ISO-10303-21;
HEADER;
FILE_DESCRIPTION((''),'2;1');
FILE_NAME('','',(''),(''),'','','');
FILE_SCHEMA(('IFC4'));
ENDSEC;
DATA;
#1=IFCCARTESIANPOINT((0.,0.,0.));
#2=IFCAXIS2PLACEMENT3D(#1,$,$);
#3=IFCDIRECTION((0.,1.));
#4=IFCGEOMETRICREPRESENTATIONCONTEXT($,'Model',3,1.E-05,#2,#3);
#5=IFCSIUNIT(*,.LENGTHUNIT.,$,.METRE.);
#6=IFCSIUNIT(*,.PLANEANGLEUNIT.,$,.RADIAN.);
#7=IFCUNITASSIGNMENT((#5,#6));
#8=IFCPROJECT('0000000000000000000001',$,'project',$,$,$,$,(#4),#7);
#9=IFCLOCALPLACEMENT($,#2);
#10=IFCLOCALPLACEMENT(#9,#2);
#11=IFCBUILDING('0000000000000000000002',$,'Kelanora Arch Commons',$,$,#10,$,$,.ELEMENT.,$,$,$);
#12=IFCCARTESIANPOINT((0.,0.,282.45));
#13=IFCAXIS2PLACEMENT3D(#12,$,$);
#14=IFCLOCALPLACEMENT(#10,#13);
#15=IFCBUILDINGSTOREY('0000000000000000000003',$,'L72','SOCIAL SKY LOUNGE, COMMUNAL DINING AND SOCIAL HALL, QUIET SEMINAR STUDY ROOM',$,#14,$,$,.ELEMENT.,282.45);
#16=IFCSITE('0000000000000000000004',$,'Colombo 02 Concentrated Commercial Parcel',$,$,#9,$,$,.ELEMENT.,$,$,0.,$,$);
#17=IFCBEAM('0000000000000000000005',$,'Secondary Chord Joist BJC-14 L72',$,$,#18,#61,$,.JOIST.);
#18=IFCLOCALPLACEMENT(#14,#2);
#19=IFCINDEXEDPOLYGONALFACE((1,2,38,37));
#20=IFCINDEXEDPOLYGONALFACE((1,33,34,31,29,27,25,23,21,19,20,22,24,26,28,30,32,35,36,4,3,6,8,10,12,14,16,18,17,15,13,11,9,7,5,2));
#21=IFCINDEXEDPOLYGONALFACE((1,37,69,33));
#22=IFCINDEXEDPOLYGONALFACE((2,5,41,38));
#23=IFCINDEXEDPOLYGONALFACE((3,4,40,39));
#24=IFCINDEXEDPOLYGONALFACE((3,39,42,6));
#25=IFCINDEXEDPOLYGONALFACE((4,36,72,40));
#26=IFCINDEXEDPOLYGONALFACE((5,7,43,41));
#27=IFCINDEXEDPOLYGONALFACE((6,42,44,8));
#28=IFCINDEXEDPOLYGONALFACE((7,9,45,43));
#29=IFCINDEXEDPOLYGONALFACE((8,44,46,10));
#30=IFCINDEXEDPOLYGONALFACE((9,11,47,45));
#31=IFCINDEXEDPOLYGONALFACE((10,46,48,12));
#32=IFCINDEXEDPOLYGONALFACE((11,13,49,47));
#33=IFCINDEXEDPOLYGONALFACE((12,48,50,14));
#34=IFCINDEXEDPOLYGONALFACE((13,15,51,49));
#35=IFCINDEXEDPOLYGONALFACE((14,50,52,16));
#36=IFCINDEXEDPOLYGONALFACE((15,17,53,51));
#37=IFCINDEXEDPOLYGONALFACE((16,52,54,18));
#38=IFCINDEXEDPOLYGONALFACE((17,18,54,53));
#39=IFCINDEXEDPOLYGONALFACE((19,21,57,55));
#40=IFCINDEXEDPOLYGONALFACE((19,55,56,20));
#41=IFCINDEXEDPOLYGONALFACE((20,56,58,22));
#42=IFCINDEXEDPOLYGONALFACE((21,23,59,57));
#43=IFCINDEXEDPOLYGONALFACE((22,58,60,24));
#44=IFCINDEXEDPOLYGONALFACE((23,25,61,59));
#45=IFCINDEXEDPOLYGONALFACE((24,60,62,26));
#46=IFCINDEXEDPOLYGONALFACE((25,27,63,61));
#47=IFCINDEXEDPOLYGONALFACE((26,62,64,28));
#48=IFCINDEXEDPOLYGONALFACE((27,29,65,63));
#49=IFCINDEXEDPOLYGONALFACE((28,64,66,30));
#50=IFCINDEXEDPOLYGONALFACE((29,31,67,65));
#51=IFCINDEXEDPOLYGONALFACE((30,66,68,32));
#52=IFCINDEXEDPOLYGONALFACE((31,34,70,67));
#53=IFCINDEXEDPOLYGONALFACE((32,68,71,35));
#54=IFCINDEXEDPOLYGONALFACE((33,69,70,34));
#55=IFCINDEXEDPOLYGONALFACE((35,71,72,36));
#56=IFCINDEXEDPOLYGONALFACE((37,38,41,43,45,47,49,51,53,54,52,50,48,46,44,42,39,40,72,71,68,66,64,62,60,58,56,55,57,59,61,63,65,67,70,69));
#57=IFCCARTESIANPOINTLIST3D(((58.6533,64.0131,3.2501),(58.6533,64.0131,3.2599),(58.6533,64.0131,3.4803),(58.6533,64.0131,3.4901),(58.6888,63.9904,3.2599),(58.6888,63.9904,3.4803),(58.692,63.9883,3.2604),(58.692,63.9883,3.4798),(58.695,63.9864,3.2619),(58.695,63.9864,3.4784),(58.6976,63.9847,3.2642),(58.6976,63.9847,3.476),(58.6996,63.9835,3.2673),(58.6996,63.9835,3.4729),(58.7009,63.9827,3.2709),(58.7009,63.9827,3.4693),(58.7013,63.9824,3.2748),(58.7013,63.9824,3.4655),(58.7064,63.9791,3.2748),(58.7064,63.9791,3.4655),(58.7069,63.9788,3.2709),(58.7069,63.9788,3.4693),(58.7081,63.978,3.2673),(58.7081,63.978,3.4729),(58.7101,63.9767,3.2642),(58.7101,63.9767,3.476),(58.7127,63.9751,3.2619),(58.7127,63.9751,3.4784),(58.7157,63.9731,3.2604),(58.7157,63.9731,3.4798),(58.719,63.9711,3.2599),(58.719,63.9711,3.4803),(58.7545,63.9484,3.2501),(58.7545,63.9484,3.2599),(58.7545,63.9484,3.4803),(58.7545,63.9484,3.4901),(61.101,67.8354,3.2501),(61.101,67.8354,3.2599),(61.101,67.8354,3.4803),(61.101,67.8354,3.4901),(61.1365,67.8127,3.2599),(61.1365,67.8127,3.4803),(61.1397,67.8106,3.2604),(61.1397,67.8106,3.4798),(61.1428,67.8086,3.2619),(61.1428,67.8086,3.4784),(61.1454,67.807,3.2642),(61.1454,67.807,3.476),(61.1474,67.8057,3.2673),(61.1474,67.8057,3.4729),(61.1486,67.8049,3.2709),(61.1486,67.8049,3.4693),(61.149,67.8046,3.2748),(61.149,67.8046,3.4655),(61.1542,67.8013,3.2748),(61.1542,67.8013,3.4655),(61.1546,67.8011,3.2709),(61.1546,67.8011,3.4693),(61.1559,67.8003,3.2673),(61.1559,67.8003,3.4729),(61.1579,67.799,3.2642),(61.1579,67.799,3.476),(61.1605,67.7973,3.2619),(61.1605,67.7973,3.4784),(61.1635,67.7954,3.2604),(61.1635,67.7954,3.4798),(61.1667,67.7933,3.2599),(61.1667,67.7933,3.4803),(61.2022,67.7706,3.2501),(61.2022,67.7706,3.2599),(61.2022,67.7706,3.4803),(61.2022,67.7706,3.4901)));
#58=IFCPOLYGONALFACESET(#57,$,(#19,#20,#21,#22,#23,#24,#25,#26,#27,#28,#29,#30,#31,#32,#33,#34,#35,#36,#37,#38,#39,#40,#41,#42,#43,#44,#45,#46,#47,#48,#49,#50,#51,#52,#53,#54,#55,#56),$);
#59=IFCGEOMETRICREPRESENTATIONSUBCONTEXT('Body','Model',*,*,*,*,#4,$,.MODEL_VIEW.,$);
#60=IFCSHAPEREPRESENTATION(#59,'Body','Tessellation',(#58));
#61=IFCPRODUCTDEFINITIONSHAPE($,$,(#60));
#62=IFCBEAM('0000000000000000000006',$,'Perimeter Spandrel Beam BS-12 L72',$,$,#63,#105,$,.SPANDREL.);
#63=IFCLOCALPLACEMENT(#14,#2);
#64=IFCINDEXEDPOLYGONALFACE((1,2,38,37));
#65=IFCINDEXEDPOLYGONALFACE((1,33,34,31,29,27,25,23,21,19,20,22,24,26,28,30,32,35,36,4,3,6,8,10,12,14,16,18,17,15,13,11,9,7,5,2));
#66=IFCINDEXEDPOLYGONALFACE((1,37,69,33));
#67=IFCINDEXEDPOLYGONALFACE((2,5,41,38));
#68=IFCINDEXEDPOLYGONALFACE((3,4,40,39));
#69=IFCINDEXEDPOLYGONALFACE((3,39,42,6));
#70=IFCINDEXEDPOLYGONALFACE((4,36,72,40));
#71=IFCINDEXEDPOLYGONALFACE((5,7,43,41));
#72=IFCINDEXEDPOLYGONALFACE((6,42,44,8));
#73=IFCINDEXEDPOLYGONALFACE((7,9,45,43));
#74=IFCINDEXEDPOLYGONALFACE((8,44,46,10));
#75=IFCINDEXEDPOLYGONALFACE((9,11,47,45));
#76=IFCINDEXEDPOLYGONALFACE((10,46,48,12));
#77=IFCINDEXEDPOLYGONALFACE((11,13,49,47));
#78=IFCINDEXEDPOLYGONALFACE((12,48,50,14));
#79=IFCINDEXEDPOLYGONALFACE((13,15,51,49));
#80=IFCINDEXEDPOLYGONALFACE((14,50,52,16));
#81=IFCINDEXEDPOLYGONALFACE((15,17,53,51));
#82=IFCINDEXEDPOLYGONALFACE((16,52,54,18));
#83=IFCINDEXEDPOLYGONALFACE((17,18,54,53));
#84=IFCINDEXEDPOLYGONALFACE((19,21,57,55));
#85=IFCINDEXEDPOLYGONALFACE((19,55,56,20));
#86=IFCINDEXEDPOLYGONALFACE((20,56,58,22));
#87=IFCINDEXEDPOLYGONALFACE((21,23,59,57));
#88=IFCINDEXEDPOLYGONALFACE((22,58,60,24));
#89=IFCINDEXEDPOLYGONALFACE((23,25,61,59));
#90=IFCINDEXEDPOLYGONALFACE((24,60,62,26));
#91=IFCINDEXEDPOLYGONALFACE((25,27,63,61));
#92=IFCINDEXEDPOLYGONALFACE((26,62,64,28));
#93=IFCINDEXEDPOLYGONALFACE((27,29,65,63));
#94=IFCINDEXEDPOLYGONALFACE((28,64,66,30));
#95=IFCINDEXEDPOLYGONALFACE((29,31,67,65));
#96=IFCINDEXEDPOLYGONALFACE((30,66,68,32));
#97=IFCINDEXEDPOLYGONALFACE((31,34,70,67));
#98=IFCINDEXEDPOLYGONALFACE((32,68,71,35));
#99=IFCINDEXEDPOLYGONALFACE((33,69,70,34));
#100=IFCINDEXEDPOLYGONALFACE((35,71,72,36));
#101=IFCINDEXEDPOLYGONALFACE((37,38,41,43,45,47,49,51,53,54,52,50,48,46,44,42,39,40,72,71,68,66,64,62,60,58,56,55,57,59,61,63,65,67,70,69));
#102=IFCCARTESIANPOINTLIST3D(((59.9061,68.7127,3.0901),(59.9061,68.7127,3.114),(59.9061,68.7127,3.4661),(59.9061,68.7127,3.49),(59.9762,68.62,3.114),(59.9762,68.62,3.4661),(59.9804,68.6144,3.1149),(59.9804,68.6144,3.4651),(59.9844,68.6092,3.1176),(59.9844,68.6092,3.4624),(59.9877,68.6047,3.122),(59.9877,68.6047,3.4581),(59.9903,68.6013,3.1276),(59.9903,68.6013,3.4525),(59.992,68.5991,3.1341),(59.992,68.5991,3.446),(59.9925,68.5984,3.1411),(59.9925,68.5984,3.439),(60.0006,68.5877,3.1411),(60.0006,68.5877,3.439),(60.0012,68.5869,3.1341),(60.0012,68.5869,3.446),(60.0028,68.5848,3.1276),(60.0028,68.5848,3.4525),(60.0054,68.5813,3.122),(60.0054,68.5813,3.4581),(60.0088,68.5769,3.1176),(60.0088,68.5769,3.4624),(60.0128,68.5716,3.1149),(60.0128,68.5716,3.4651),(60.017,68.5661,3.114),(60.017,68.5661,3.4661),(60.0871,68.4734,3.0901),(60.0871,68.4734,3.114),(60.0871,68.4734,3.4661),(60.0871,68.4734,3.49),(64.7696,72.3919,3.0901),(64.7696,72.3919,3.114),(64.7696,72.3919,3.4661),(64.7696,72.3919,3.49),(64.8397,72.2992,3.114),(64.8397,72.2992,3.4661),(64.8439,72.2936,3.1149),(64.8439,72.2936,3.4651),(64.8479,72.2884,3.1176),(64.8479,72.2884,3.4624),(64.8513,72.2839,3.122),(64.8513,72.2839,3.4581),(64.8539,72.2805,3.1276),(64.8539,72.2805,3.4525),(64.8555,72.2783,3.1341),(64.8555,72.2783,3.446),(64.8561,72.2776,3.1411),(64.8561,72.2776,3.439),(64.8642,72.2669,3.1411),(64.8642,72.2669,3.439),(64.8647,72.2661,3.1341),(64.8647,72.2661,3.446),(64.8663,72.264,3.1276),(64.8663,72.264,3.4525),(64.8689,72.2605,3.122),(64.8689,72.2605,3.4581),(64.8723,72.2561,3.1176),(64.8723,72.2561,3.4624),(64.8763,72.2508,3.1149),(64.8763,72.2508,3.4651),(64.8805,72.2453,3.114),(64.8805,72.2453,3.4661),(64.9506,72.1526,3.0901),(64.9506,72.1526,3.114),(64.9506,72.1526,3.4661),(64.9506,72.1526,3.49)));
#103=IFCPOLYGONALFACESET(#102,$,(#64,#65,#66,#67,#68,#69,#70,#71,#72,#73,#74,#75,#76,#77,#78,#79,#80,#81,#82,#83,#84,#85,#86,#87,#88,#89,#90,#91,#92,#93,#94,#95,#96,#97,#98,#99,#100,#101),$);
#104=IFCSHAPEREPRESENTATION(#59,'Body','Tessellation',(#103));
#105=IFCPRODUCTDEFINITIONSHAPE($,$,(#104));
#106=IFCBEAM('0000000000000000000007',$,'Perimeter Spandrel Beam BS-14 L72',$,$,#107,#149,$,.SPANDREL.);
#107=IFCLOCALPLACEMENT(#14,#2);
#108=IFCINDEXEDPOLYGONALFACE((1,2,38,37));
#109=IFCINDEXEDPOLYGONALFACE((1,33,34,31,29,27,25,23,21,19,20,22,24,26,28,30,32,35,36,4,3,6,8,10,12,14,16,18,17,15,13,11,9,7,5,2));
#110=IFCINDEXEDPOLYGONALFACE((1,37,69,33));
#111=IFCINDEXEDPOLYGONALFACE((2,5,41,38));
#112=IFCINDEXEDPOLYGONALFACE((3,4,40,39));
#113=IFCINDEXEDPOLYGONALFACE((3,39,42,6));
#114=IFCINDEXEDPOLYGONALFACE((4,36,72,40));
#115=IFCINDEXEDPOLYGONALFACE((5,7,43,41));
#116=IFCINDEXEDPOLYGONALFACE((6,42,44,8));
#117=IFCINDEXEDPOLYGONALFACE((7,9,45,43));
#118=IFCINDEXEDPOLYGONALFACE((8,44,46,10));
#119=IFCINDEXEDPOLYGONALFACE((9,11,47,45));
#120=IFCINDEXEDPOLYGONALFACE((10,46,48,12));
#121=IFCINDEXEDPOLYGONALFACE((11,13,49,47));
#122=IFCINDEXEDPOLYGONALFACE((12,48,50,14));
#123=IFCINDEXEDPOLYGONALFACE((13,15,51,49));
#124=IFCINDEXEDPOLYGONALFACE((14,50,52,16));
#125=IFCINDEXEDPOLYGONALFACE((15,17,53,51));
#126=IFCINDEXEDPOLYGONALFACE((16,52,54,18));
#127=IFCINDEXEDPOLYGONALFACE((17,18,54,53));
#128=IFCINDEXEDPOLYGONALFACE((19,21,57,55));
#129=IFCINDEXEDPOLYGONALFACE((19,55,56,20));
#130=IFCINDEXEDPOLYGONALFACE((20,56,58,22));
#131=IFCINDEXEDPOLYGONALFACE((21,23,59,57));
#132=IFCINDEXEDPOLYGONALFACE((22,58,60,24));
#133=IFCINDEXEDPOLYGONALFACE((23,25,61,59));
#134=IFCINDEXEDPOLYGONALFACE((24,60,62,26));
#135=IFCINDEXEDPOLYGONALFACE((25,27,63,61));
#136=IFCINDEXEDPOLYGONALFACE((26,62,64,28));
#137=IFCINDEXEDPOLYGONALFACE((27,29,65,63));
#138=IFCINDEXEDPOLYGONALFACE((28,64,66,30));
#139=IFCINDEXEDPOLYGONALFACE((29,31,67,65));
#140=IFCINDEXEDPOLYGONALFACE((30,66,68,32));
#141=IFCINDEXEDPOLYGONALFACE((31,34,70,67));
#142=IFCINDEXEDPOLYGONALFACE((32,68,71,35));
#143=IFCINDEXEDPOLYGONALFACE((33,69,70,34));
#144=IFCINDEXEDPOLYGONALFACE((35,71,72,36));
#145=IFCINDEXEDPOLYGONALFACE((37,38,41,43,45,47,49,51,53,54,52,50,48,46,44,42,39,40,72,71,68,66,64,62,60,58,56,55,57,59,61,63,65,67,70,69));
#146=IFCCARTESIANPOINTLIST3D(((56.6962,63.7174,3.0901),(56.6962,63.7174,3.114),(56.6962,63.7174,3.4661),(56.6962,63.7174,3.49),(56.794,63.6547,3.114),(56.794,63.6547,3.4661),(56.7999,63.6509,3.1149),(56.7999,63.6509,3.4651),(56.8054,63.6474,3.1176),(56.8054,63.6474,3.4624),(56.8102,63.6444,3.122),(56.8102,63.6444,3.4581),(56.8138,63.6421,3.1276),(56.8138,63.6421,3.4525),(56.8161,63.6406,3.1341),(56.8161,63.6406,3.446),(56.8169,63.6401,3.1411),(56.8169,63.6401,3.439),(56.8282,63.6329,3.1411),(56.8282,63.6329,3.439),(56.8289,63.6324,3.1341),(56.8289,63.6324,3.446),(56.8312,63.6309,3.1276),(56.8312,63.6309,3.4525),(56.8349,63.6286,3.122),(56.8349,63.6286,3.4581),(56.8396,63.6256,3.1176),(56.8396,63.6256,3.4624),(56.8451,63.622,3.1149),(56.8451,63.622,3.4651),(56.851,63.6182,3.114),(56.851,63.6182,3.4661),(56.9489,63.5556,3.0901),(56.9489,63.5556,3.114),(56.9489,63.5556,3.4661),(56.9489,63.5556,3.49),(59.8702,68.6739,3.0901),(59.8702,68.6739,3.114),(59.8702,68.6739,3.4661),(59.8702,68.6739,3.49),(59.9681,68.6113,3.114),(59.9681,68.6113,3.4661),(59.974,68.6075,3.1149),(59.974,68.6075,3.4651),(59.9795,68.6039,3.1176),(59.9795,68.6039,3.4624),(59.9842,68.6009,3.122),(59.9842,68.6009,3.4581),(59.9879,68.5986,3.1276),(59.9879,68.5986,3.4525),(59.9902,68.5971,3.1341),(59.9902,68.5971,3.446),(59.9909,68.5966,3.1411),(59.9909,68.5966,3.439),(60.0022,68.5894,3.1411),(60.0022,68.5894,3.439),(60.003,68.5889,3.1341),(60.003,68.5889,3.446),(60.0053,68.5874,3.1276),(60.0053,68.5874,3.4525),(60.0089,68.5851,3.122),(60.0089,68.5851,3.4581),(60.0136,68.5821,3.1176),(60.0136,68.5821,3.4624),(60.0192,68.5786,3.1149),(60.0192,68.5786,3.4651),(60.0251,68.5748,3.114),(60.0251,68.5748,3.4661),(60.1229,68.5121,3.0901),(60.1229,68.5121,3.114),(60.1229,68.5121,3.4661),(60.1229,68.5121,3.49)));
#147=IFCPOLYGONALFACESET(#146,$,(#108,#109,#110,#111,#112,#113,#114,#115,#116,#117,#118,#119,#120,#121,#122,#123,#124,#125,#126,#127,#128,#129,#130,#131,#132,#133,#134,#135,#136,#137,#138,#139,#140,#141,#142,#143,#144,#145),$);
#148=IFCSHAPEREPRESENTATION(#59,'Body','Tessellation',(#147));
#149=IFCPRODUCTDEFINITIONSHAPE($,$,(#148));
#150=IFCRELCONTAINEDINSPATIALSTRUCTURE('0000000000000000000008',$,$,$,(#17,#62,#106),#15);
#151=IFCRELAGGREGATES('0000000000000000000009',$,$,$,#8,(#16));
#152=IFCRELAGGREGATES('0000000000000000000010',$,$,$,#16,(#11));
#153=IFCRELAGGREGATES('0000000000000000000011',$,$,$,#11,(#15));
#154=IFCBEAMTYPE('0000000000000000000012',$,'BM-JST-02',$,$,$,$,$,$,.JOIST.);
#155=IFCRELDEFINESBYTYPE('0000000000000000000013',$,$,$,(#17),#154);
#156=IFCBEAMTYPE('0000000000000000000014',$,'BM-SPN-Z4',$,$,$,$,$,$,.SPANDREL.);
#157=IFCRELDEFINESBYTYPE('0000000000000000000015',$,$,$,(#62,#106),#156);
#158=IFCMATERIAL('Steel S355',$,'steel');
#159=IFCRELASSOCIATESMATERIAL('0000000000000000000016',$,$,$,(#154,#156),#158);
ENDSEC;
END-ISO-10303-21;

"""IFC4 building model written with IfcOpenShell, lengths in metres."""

from ifc_helpers import new_model, si_unit, direction, frame, origin, origin_2d, place, context, subcontext, project, spatial, i_section, extrude, material, material_profile, profile_set, type_object, element, save


model = new_model("IFC4")

# Units and contexts
model_context = context("Model", 3, precision=1e-05, world=origin(), true_north=direction((0.0, 1.0)))
body_context = subcontext(model_context, "Body", "Model", "MODEL_VIEW")
ifc_project = project(units=[si_unit("LENGTHUNIT", "METRE"), si_unit("PLANEANGLEUNIT", "RADIAN")], contexts=[model_context])

# Site, building, storey
site_placement = place(None, origin())
site = spatial("IfcSite", under=ifc_project, at=site_placement, Name="Colombo 02 Concentrated Commercial Parcel", CompositionType="ELEMENT", RefElevation=0.0)
building_placement = place(site_placement, origin())
building = spatial("IfcBuilding", under=site, at=building_placement, Name="Kelanora Arch Commons", CompositionType="ELEMENT")
storey_placement = place(building_placement, frame((0.0, 0.0, 282.45)))
storey = spatial("IfcBuildingStorey", under=building, at=storey_placement, Name="L72", Description="SOCIAL SKY LOUNGE, COMMUNAL DINING AND SOCIAL HALL, QUIET SEMINAR STUDY ROOM", CompositionType="ELEMENT", Elevation=282.45)

# Beams
ifc_material_1 = material(Name="Steel S355", Category="steel")
ifc_material_profile_1 = material_profile(ifc_material_1, i_section(OverallWidth=0.1201, OverallDepth=0.24, WebThickness=0.0061, FlangeThickness=0.0098, FilletRadius=0.0149, at=origin_2d()), Name="IPE240")
ifc_profile_set_1 = profile_set([ifc_material_profile_1], Name="Steel S355")
beam_type_1 = type_object("IfcBeamType", Name="BM-JST-02", PredefinedType="JOIST", material=ifc_profile_set_1)
beam_1_placement = place(storey_placement, frame((61.1516, 67.803, 3.3701), z_axis=(-0.539289, -0.842121, 0.0), x_axis=(0.842121, -0.539289, 0.0)))
element("IfcBeam", 1, at=beam_1_placement, inside=storey, type_object=beam_type_1, Name="Secondary Chord Joist BJC-14 L72", PredefinedType="JOIST", context=body_context, shape_type="SweptSolid", body=[
    extrude(i_section(OverallWidth=0.1201, OverallDepth=0.24, WebThickness=0.0061, FlangeThickness=0.0098, FilletRadius=0.0149, at=origin_2d()), origin(), (0.0, 0.0, 1.0), 4.5388),
])
ifc_material_profile_2 = material_profile(ifc_material_1, i_section(OverallWidth=0.3, OverallDepth=0.3999, WebThickness=0.0134, FlangeThickness=0.0239, FilletRadius=0.0271, at=origin_2d()), Name="HEB400")
ifc_profile_set_2 = profile_set([ifc_material_profile_2], Name="Steel S355")
beam_type_2 = type_object("IfcBeamType", Name="BM-SPN-Z4", PredefinedType="SPANDREL", material=ifc_profile_set_2)
beam_2_placement = place(storey_placement, frame((64.8601, 72.2722, 3.29), z_axis=(-0.797509, -0.603306, 0.0), x_axis=(0.603306, -0.797509, 0.0)))
element("IfcBeam", 2, at=beam_2_placement, inside=storey, type_object=beam_type_2, Name="Perimeter Spandrel Beam BS-12 L72", PredefinedType="SPANDREL", context=body_context, shape_type="SweptSolid", body=[
    extrude(i_section(OverallWidth=0.3, OverallDepth=0.3999, WebThickness=0.0134, FlangeThickness=0.0239, FilletRadius=0.0271, at=origin_2d()), origin(), (0.0, 0.0, 1.0), 6.0984),
])
beam_3_placement = place(storey_placement, frame((59.9966, 68.593, 3.29), z_axis=(-0.539281, -0.842126, 0.0), x_axis=(0.842126, -0.539281, 0.0)))
element("IfcBeam", 3, at=beam_3_placement, inside=storey, type_object=beam_type_2, Name="Perimeter Spandrel Beam BS-14 L72", PredefinedType="SPANDREL", context=body_context, shape_type="SweptSolid", body=[
    extrude(i_section(OverallWidth=0.3, OverallDepth=0.3999, WebThickness=0.0134, FlangeThickness=0.0239, FilletRadius=0.0271, at=origin_2d()), origin(), (0.0, 0.0, 1.0), 5.8857),
])

save(model, "model.ifc")
